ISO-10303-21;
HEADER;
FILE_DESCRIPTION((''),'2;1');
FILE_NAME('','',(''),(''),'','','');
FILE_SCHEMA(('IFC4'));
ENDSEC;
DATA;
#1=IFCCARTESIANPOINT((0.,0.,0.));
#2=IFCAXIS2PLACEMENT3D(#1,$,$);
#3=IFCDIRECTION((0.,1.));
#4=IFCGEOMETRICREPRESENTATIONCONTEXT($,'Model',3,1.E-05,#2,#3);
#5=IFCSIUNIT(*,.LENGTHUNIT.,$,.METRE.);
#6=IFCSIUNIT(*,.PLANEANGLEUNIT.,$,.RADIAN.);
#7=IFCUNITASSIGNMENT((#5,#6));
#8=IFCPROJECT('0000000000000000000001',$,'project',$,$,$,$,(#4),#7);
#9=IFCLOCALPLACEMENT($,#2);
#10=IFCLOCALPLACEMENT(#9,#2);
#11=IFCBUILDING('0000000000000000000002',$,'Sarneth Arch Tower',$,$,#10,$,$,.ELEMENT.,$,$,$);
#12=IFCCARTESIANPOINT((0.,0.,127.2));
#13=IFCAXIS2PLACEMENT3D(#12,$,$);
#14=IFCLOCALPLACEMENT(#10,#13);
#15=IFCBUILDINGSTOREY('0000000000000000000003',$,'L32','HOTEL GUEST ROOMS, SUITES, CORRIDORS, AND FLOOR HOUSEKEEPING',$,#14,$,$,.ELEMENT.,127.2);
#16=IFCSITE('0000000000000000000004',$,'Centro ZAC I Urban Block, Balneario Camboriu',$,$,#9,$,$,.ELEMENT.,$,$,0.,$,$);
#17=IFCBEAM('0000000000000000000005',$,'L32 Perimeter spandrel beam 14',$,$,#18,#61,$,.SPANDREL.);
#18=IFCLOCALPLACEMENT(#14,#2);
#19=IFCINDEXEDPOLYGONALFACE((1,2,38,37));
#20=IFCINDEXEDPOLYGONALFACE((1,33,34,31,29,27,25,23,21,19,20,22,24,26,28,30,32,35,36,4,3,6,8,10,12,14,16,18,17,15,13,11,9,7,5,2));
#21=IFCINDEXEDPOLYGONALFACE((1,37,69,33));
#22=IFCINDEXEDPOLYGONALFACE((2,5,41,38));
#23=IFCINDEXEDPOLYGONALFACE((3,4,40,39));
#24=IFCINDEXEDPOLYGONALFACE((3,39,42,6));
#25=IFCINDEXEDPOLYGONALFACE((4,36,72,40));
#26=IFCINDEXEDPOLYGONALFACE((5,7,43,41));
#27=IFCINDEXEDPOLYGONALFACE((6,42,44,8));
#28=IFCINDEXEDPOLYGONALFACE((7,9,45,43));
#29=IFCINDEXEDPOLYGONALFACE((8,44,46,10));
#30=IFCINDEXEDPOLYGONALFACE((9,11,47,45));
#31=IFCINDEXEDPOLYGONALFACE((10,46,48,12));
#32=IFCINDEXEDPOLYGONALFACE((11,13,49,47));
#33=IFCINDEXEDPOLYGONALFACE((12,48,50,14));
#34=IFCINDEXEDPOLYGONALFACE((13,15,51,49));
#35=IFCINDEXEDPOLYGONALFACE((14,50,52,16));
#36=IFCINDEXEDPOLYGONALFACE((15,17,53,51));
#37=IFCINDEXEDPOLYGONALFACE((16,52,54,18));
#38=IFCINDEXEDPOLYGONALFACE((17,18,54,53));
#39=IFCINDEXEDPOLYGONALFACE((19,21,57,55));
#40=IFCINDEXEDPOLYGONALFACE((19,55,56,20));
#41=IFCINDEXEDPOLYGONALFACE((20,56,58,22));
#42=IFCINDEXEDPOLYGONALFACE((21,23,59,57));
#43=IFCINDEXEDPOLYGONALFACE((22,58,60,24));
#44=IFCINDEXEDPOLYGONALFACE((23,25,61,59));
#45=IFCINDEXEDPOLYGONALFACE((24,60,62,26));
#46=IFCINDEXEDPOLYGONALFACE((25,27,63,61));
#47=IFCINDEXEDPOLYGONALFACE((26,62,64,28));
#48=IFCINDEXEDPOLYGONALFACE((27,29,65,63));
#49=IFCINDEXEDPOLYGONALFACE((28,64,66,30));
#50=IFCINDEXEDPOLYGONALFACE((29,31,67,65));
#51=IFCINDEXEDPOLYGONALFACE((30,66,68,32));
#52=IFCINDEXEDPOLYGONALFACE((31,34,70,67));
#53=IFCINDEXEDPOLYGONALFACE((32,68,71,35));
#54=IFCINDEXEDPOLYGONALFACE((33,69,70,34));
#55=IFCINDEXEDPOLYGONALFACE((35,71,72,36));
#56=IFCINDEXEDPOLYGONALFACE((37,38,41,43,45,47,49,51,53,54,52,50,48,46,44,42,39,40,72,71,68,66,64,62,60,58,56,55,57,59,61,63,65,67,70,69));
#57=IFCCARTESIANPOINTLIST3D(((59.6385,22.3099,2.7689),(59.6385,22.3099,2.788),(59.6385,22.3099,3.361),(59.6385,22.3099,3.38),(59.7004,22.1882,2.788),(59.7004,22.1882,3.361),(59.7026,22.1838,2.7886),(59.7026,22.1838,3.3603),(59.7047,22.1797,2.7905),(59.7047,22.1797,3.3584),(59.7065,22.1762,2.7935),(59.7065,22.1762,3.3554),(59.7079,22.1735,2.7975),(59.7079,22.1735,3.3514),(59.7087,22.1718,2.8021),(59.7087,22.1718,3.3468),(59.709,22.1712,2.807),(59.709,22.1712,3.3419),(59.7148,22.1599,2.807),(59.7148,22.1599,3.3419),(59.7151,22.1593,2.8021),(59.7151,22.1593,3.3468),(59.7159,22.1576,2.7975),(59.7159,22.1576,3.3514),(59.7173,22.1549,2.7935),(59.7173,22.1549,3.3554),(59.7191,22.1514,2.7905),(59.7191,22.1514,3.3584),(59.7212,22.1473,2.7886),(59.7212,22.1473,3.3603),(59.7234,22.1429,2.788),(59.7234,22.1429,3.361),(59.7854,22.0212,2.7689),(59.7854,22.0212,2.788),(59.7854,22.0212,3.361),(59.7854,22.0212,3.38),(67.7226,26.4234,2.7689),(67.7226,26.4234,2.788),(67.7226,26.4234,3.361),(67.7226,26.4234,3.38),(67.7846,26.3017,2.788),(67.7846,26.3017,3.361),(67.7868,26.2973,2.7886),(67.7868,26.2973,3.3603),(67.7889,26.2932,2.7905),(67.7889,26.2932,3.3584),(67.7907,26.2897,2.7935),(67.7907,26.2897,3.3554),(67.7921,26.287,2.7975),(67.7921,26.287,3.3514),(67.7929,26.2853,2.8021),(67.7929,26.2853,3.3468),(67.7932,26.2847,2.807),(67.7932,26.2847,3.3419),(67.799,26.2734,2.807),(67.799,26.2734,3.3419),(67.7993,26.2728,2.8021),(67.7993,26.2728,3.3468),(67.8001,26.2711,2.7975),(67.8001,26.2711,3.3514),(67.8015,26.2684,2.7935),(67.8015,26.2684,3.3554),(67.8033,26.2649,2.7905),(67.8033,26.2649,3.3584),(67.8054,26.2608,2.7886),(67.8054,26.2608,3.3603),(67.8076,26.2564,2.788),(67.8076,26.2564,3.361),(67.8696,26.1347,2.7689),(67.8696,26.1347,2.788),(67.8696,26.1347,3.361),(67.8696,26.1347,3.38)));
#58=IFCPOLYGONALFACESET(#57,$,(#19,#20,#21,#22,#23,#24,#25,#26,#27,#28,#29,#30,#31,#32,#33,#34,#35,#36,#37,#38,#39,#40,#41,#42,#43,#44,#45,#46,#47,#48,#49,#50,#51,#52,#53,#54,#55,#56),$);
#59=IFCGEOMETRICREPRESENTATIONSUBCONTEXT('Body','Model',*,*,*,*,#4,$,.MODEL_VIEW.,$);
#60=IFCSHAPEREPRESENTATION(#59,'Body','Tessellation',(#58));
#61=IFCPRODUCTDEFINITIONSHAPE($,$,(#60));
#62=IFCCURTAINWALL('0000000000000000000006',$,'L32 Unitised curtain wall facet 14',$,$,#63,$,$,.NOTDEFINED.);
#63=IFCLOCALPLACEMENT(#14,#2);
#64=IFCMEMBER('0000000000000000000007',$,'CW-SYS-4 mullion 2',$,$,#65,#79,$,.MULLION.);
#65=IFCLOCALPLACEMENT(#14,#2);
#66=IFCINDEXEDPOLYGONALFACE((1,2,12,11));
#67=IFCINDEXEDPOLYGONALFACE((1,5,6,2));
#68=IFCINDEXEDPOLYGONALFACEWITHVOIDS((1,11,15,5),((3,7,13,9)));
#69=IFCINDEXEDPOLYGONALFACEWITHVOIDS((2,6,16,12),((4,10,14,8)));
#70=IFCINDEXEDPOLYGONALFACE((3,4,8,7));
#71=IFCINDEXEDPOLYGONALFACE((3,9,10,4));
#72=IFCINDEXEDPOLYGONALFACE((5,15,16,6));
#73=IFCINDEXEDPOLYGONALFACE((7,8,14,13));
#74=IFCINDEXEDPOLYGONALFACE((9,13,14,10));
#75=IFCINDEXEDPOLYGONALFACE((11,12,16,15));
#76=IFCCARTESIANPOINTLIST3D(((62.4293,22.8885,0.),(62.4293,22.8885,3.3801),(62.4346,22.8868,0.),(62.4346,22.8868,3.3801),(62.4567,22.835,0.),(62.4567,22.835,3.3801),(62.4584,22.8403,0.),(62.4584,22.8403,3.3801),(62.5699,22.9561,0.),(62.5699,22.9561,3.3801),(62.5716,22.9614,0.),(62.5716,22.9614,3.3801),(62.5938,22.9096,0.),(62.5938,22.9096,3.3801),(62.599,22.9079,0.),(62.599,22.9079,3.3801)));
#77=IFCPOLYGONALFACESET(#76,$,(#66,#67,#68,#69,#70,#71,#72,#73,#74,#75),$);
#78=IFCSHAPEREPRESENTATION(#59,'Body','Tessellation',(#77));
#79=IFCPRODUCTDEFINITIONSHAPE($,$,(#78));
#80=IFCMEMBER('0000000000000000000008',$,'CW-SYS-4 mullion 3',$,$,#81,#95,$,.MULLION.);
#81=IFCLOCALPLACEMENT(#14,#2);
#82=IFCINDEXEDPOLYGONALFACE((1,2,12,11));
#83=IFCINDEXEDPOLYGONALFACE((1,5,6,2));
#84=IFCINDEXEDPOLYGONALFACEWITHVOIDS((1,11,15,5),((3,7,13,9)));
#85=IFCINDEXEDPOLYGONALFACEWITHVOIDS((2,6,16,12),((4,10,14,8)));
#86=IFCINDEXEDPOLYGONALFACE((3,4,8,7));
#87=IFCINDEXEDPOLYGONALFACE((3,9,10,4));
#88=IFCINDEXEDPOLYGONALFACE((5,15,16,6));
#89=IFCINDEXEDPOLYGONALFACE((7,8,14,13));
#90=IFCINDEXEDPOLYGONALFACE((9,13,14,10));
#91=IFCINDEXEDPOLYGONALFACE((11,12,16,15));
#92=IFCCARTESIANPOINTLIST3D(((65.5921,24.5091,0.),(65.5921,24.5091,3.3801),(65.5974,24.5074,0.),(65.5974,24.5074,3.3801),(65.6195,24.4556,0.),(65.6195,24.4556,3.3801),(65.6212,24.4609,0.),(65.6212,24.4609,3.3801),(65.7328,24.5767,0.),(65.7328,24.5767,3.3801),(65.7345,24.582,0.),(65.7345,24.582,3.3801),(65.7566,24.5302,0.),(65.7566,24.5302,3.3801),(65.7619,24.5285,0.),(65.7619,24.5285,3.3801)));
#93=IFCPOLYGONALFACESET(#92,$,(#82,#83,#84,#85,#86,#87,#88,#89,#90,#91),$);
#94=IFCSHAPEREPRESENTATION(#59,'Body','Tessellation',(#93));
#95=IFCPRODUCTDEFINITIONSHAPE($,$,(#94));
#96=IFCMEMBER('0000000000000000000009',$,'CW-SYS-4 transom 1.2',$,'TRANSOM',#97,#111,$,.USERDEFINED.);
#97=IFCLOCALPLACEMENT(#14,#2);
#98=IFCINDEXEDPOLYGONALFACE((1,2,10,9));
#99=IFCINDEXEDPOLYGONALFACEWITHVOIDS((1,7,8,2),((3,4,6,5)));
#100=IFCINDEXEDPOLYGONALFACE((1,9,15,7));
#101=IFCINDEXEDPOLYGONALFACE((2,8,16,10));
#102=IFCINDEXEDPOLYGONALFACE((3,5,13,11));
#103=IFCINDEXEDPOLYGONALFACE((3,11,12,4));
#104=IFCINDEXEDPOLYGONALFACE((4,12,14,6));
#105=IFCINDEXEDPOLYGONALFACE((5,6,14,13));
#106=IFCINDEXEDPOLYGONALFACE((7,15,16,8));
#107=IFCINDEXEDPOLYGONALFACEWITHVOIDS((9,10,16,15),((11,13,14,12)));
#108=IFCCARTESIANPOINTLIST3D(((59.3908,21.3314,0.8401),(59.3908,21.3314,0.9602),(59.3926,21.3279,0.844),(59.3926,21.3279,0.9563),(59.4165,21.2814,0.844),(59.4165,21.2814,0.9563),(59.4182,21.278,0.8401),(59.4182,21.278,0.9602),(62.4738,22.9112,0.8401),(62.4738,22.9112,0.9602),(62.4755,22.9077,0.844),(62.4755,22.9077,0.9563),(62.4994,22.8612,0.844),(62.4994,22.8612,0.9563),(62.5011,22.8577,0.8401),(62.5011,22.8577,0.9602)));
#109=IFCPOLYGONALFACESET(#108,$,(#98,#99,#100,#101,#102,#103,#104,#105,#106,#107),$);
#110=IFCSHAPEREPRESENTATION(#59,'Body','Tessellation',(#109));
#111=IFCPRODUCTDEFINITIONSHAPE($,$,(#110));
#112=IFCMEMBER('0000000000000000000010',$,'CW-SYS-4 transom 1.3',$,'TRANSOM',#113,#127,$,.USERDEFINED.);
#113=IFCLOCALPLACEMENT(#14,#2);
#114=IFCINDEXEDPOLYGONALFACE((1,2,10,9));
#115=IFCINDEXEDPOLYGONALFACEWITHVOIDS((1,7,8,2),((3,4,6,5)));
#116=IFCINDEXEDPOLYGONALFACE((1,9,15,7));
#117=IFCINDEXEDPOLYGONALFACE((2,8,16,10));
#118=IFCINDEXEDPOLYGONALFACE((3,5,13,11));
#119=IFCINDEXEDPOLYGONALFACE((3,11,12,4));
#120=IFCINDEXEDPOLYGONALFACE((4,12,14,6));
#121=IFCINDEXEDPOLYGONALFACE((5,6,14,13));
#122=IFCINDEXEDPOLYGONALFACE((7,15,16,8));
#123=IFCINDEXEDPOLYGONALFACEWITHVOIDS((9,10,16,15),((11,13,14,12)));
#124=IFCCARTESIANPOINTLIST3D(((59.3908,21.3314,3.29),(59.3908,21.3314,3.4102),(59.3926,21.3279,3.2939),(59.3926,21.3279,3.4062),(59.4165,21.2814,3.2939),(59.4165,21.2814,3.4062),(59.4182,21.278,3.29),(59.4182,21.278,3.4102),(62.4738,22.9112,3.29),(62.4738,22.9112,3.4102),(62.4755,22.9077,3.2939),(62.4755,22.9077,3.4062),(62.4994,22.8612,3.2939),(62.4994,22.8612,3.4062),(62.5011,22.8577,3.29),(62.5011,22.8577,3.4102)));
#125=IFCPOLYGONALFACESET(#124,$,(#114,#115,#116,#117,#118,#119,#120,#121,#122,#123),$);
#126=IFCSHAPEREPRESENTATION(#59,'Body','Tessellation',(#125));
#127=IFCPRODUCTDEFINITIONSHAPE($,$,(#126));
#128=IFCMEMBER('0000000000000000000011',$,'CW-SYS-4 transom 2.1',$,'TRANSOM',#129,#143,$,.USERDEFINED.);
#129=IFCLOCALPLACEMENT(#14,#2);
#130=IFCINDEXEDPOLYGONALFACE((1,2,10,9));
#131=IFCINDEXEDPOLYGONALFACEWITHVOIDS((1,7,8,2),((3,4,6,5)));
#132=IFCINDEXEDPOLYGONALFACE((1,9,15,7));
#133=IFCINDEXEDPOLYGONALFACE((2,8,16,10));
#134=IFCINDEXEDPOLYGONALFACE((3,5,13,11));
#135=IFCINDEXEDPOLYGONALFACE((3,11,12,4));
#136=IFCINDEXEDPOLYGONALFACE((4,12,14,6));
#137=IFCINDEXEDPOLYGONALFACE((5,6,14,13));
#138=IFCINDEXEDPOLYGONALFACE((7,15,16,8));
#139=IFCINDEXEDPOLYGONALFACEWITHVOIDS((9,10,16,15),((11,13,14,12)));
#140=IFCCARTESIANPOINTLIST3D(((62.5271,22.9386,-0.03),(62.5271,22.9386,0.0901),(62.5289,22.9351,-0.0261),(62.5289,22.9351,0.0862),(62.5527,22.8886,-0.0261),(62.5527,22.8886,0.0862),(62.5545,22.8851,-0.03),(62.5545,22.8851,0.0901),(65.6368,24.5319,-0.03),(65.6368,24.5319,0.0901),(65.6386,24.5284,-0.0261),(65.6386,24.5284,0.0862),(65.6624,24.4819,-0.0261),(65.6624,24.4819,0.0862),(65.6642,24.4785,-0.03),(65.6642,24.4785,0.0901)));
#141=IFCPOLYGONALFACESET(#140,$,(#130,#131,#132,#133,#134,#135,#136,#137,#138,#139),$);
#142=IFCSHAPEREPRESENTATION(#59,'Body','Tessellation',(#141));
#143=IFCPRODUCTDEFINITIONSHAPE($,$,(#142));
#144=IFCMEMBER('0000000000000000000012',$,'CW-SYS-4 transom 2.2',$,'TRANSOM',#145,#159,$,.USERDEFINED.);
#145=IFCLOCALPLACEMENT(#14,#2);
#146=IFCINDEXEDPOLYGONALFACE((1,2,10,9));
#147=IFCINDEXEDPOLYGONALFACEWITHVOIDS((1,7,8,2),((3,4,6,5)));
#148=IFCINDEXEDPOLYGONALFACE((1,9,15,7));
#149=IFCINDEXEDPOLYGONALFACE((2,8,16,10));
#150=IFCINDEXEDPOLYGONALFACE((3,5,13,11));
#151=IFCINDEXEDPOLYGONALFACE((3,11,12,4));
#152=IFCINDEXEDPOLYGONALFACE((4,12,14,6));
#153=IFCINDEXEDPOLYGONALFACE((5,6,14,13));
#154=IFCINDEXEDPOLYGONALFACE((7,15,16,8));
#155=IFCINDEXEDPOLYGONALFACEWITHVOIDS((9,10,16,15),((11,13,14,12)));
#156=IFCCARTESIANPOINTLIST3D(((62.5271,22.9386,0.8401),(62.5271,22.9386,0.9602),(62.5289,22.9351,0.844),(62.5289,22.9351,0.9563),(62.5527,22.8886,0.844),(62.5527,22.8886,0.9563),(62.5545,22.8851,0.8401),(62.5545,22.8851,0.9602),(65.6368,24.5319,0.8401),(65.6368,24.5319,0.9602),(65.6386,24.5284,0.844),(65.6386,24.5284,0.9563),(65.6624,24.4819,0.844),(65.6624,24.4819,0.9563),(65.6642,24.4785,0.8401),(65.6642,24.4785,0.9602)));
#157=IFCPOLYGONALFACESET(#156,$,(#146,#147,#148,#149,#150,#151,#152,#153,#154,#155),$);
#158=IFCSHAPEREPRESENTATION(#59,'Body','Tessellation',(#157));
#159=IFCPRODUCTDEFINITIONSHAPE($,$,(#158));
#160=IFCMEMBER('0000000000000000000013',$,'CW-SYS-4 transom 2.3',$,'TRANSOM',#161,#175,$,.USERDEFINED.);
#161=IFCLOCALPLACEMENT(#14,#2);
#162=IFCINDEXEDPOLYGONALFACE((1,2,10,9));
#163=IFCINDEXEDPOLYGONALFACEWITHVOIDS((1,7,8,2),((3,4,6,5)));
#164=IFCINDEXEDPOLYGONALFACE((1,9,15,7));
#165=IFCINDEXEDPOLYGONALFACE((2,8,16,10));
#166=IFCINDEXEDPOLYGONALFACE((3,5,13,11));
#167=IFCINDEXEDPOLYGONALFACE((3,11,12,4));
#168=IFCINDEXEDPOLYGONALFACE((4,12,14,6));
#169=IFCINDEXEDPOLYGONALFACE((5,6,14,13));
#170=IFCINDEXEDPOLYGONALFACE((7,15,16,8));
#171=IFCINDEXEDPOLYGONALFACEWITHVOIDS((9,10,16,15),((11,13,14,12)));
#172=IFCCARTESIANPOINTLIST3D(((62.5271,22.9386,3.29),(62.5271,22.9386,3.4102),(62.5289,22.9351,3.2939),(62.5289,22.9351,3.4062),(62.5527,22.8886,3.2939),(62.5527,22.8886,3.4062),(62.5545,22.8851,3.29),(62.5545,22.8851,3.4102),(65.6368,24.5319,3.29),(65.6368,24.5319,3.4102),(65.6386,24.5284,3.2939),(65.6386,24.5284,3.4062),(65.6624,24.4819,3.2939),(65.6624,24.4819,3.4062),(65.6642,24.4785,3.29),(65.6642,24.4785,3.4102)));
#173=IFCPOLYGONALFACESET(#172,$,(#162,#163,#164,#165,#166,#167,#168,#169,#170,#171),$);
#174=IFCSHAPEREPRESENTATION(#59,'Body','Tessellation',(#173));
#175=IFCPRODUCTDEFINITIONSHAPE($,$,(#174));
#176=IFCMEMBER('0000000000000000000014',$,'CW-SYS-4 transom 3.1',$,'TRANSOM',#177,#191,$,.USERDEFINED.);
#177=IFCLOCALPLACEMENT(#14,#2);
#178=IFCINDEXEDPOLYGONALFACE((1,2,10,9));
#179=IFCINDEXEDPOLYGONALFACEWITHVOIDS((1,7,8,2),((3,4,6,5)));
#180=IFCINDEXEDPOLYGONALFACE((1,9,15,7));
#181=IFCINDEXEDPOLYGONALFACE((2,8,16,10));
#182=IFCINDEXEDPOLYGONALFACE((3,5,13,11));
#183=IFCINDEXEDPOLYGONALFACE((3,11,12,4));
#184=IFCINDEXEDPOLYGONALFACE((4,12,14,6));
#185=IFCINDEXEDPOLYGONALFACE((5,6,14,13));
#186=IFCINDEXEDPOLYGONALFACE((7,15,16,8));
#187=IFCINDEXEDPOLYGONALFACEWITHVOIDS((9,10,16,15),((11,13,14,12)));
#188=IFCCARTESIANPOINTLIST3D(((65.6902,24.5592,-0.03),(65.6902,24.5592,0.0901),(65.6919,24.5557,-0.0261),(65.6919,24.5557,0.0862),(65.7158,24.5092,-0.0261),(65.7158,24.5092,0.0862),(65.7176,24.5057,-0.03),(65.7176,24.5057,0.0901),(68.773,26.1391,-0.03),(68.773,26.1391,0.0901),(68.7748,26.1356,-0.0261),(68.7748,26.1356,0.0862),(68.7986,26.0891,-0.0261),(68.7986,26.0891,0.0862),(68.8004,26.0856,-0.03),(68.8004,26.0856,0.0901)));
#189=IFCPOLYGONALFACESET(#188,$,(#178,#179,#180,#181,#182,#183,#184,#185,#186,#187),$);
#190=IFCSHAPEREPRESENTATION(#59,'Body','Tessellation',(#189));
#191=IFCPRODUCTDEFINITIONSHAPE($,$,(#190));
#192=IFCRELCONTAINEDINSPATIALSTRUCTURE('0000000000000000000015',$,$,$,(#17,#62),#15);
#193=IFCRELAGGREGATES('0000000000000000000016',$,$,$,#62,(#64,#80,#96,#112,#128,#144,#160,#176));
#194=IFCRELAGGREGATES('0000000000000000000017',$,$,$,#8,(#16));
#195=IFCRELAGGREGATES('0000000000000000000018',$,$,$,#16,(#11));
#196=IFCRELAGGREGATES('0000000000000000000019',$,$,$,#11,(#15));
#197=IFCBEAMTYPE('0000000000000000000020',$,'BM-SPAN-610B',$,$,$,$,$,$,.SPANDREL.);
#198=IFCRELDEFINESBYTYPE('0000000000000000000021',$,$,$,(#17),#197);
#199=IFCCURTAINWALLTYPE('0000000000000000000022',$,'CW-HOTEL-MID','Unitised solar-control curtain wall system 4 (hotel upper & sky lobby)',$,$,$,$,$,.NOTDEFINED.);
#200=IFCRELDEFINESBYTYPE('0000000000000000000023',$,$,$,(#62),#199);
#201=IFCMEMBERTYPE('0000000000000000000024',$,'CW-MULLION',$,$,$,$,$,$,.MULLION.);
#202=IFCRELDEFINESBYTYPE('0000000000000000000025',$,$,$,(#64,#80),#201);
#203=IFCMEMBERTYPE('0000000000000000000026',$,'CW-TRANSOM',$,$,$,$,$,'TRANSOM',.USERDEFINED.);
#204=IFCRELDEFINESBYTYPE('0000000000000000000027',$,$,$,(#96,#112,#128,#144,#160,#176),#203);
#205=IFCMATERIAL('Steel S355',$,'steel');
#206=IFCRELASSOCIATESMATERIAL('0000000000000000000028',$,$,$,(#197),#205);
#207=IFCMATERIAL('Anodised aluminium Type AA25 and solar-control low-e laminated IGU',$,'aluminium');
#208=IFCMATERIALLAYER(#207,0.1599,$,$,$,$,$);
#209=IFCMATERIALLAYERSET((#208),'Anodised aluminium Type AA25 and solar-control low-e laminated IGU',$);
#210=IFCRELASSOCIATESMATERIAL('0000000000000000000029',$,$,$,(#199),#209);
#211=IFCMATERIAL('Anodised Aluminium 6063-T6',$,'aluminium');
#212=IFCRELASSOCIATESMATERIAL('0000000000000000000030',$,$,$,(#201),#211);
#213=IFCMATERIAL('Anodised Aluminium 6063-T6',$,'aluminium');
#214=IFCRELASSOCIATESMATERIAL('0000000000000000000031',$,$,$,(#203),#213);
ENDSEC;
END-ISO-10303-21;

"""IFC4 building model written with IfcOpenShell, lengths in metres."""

from ifc_helpers import new_model, si_unit, direction, frame, origin, origin_2d, place, context, subcontext, project, spatial, hollow_rectangle, i_section, extrude, material, layer, layer_set, material_profile, profile_set, type_object, element, aggregate, save


model = new_model("IFC4")

# Units and contexts
model_context = context("Model", 3, precision=1e-05, world=origin(), true_north=direction((0.0, 1.0)))
body_context = subcontext(model_context, "Body", "Model", "MODEL_VIEW")
ifc_project = project(units=[si_unit("LENGTHUNIT", "METRE"), si_unit("PLANEANGLEUNIT", "RADIAN")], contexts=[model_context])

# Site, building, storey
site_placement = place(None, origin())
site = spatial("IfcSite", under=ifc_project, at=site_placement, Name="Centro ZAC I Urban Block, Balneario Camboriu", CompositionType="ELEMENT", RefElevation=0.0)
building_placement = place(site_placement, origin())
building = spatial("IfcBuilding", under=site, at=building_placement, Name="Sarneth Arch Tower", CompositionType="ELEMENT")
storey_placement = place(building_placement, frame((0.0, 0.0, 127.2)))
storey = spatial("IfcBuildingStorey", under=building, at=storey_placement, Name="L32", Description="HOTEL GUEST ROOMS, SUITES, CORRIDORS, AND FLOOR HOUSEKEEPING", CompositionType="ELEMENT", Elevation=127.2)

# Beam
ifc_material_1 = material(Name="Steel S355", Category="steel")
ifc_material_profile_1 = material_profile(ifc_material_1, i_section(OverallWidth=0.324, OverallDepth=0.6111, WebThickness=0.0127, FlangeThickness=0.019, FilletRadius=0.019, at=origin_2d()), Name="W610x155")
ifc_profile_set_1 = profile_set([ifc_material_profile_1], Name="Steel S355")
beam_type = type_object("IfcBeamType", Name="BM-SPAN-610B", PredefinedType="SPANDREL", material=ifc_profile_set_1)
beam_placement = place(storey_placement, frame((59.7119, 22.1655, 3.0745), z_axis=(0.891256, 0.453501, 0.0), x_axis=(-0.453501, 0.891256, 0.0)))
element("IfcBeam", 1, at=beam_placement, inside=storey, type_object=beam_type, Name="L32 Perimeter spandrel beam 14", PredefinedType="SPANDREL", context=body_context, shape_type="SweptSolid", body=[
    extrude(i_section(OverallWidth=0.324, OverallDepth=0.6111, WebThickness=0.0127, FlangeThickness=0.019, FilletRadius=0.019, at=origin_2d()), origin(), (0.0, 0.0, 1.0), 9.0706),
])

# Curtain wall, members
ifc_material_2 = material(Name="Anodised aluminium Type AA25 and solar-control low-e laminated IGU", Category="aluminium")
ifc_layer_1 = layer(ifc_material_2, 0.1599)
ifc_layer_set_1 = layer_set([ifc_layer_1], Name="Anodised aluminium Type AA25 and solar-control low-e laminated IGU")
curtain_wall_type = type_object("IfcCurtainWallType", Name="CW-HOTEL-MID", Description="Unitised solar-control curtain wall system 4 (hotel upper & sky lobby)", PredefinedType="NOTDEFINED", material=ifc_layer_set_1)
curtain_wall_placement = place(storey_placement, origin())
curtain_wall = element("IfcCurtainWall", 2, at=curtain_wall_placement, inside=storey, type_object=curtain_wall_type, Name="L32 Unitised curtain wall facet 14", PredefinedType="NOTDEFINED")
ifc_material_3 = material(Name="Anodised Aluminium 6063-T6", Category="aluminium")
ifc_material_profile_2 = material_profile(ifc_material_3, hollow_rectangle(XDim=0.0601, YDim=0.1599, WallThickness=0.0039, at=origin_2d()), Name="AL-MULL-160x60x4")
ifc_profile_set_2 = profile_set([ifc_material_profile_2], Name="Anodised Aluminium 6063-T6")
member_type_1 = type_object("IfcMemberType", Name="CW-MULLION", PredefinedType="MULLION", material=ifc_profile_set_2)
member_1_placement = place(storey_placement, frame((62.5142, 22.8982, 0.0), z_axis=(0.0, 0.0, 1.0), x_axis=(-0.456031, 0.889964, 0.0)))
member_1 = element("IfcMember", 3, at=member_1_placement, type_object=member_type_1, Name="CW-SYS-4 mullion 2", PredefinedType="MULLION", context=body_context, shape_type="SweptSolid", body=[
    extrude(hollow_rectangle(XDim=0.0601, YDim=0.1599, WallThickness=0.0039, at=origin_2d()), origin(), (0.0, 0.0, 1.0), 3.3801),
])
member_2_placement = place(storey_placement, frame((65.677, 24.5188, 0.0), z_axis=(0.0, 0.0, 1.0), x_axis=(-0.456031, 0.889964, 0.0)))
member_2 = element("IfcMember", 4, at=member_2_placement, type_object=member_type_1, Name="CW-SYS-4 mullion 3", PredefinedType="MULLION", context=body_context, shape_type="SweptSolid", body=[
    extrude(hollow_rectangle(XDim=0.0601, YDim=0.1599, WallThickness=0.0039, at=origin_2d()), origin(), (0.0, 0.0, 1.0), 3.3801),
])
ifc_material_4 = material(Name="Anodised Aluminium 6063-T6", Category="aluminium")
ifc_material_profile_3 = material_profile(ifc_material_4, hollow_rectangle(XDim=0.0601, YDim=0.1201, WallThickness=0.0039, at=origin_2d()), Name="AL-TRAN-120x60x4")
ifc_profile_set_3 = profile_set([ifc_material_profile_3], Name="Anodised Aluminium 6063-T6")
member_type_2 = type_object("IfcMemberType", Name="CW-TRANSOM", ElementType="TRANSOM", PredefinedType="USERDEFINED", material=ifc_profile_set_3)
member_3_placement = place(storey_placement, frame((59.4045, 21.3047, 0.9001), z_axis=(0.889958, 0.456043, 0.0), x_axis=(-0.456043, 0.889958, 0.0)))
member_3 = element("IfcMember", 5, at=member_3_placement, type_object=member_type_2, Name="CW-SYS-4 transom 1.2", ObjectType="TRANSOM", PredefinedType="USERDEFINED", context=body_context, shape_type="SweptSolid", body=[
    extrude(hollow_rectangle(XDim=0.0601, YDim=0.1201, WallThickness=0.0039, at=origin_2d()), origin(), (0.0, 0.0, 1.0), 3.4641),
])
member_4_placement = place(storey_placement, frame((59.4045, 21.3047, 3.3501), z_axis=(0.889958, 0.456043, 0.0), x_axis=(-0.456043, 0.889958, 0.0)))
member_4 = element("IfcMember", 6, at=member_4_placement, type_object=member_type_2, Name="CW-SYS-4 transom 1.3", ObjectType="TRANSOM", PredefinedType="USERDEFINED", context=body_context, shape_type="SweptSolid", body=[
    extrude(hollow_rectangle(XDim=0.0601, YDim=0.1201, WallThickness=0.0039, at=origin_2d()), origin(), (0.0, 0.0, 1.0), 3.4641),
])
member_5_placement = place(storey_placement, frame((62.5408, 22.9119, 0.03), z_axis=(0.889982, 0.455996, 0.0), x_axis=(-0.455996, 0.889982, 0.0)))
member_5 = element("IfcMember", 7, at=member_5_placement, type_object=member_type_2, Name="CW-SYS-4 transom 2.1", ObjectType="TRANSOM", PredefinedType="USERDEFINED", context=body_context, shape_type="SweptSolid", body=[
    extrude(hollow_rectangle(XDim=0.0601, YDim=0.1201, WallThickness=0.0039, at=origin_2d()), origin(), (0.0, 0.0, 1.0), 3.4941),
])
member_6_placement = place(storey_placement, frame((62.5408, 22.9119, 0.9001), z_axis=(0.889982, 0.455996, 0.0), x_axis=(-0.455996, 0.889982, 0.0)))
member_6 = element("IfcMember", 8, at=member_6_placement, type_object=member_type_2, Name="CW-SYS-4 transom 2.2", ObjectType="TRANSOM", PredefinedType="USERDEFINED", context=body_context, shape_type="SweptSolid", body=[
    extrude(hollow_rectangle(XDim=0.0601, YDim=0.1201, WallThickness=0.0039, at=origin_2d()), origin(), (0.0, 0.0, 1.0), 3.4941),
])
member_7_placement = place(storey_placement, frame((62.5408, 22.9119, 3.3501), z_axis=(0.889982, 0.455996, 0.0), x_axis=(-0.455996, 0.889982, 0.0)))
member_7 = element("IfcMember", 9, at=member_7_placement, type_object=member_type_2, Name="CW-SYS-4 transom 2.3", ObjectType="TRANSOM", PredefinedType="USERDEFINED", context=body_context, shape_type="SweptSolid", body=[
    extrude(hollow_rectangle(XDim=0.0601, YDim=0.1201, WallThickness=0.0039, at=origin_2d()), origin(), (0.0, 0.0, 1.0), 3.4941),
])
member_8_placement = place(storey_placement, frame((65.7039, 24.5325, 0.03), z_axis=(0.889943, 0.456072, 0.0), x_axis=(-0.456072, 0.889943, 0.0)))
member_8 = element("IfcMember", 10, at=member_8_placement, type_object=member_type_2, Name="CW-SYS-4 transom 3.1", ObjectType="TRANSOM", PredefinedType="USERDEFINED", context=body_context, shape_type="SweptSolid", body=[
    extrude(hollow_rectangle(XDim=0.0601, YDim=0.1201, WallThickness=0.0039, at=origin_2d()), origin(), (0.0, 0.0, 1.0), 3.4641),
])
aggregate(curtain_wall, [member_1, member_2, member_3, member_4, member_5, member_6, member_7, member_8])

save(model, "model.ifc")
